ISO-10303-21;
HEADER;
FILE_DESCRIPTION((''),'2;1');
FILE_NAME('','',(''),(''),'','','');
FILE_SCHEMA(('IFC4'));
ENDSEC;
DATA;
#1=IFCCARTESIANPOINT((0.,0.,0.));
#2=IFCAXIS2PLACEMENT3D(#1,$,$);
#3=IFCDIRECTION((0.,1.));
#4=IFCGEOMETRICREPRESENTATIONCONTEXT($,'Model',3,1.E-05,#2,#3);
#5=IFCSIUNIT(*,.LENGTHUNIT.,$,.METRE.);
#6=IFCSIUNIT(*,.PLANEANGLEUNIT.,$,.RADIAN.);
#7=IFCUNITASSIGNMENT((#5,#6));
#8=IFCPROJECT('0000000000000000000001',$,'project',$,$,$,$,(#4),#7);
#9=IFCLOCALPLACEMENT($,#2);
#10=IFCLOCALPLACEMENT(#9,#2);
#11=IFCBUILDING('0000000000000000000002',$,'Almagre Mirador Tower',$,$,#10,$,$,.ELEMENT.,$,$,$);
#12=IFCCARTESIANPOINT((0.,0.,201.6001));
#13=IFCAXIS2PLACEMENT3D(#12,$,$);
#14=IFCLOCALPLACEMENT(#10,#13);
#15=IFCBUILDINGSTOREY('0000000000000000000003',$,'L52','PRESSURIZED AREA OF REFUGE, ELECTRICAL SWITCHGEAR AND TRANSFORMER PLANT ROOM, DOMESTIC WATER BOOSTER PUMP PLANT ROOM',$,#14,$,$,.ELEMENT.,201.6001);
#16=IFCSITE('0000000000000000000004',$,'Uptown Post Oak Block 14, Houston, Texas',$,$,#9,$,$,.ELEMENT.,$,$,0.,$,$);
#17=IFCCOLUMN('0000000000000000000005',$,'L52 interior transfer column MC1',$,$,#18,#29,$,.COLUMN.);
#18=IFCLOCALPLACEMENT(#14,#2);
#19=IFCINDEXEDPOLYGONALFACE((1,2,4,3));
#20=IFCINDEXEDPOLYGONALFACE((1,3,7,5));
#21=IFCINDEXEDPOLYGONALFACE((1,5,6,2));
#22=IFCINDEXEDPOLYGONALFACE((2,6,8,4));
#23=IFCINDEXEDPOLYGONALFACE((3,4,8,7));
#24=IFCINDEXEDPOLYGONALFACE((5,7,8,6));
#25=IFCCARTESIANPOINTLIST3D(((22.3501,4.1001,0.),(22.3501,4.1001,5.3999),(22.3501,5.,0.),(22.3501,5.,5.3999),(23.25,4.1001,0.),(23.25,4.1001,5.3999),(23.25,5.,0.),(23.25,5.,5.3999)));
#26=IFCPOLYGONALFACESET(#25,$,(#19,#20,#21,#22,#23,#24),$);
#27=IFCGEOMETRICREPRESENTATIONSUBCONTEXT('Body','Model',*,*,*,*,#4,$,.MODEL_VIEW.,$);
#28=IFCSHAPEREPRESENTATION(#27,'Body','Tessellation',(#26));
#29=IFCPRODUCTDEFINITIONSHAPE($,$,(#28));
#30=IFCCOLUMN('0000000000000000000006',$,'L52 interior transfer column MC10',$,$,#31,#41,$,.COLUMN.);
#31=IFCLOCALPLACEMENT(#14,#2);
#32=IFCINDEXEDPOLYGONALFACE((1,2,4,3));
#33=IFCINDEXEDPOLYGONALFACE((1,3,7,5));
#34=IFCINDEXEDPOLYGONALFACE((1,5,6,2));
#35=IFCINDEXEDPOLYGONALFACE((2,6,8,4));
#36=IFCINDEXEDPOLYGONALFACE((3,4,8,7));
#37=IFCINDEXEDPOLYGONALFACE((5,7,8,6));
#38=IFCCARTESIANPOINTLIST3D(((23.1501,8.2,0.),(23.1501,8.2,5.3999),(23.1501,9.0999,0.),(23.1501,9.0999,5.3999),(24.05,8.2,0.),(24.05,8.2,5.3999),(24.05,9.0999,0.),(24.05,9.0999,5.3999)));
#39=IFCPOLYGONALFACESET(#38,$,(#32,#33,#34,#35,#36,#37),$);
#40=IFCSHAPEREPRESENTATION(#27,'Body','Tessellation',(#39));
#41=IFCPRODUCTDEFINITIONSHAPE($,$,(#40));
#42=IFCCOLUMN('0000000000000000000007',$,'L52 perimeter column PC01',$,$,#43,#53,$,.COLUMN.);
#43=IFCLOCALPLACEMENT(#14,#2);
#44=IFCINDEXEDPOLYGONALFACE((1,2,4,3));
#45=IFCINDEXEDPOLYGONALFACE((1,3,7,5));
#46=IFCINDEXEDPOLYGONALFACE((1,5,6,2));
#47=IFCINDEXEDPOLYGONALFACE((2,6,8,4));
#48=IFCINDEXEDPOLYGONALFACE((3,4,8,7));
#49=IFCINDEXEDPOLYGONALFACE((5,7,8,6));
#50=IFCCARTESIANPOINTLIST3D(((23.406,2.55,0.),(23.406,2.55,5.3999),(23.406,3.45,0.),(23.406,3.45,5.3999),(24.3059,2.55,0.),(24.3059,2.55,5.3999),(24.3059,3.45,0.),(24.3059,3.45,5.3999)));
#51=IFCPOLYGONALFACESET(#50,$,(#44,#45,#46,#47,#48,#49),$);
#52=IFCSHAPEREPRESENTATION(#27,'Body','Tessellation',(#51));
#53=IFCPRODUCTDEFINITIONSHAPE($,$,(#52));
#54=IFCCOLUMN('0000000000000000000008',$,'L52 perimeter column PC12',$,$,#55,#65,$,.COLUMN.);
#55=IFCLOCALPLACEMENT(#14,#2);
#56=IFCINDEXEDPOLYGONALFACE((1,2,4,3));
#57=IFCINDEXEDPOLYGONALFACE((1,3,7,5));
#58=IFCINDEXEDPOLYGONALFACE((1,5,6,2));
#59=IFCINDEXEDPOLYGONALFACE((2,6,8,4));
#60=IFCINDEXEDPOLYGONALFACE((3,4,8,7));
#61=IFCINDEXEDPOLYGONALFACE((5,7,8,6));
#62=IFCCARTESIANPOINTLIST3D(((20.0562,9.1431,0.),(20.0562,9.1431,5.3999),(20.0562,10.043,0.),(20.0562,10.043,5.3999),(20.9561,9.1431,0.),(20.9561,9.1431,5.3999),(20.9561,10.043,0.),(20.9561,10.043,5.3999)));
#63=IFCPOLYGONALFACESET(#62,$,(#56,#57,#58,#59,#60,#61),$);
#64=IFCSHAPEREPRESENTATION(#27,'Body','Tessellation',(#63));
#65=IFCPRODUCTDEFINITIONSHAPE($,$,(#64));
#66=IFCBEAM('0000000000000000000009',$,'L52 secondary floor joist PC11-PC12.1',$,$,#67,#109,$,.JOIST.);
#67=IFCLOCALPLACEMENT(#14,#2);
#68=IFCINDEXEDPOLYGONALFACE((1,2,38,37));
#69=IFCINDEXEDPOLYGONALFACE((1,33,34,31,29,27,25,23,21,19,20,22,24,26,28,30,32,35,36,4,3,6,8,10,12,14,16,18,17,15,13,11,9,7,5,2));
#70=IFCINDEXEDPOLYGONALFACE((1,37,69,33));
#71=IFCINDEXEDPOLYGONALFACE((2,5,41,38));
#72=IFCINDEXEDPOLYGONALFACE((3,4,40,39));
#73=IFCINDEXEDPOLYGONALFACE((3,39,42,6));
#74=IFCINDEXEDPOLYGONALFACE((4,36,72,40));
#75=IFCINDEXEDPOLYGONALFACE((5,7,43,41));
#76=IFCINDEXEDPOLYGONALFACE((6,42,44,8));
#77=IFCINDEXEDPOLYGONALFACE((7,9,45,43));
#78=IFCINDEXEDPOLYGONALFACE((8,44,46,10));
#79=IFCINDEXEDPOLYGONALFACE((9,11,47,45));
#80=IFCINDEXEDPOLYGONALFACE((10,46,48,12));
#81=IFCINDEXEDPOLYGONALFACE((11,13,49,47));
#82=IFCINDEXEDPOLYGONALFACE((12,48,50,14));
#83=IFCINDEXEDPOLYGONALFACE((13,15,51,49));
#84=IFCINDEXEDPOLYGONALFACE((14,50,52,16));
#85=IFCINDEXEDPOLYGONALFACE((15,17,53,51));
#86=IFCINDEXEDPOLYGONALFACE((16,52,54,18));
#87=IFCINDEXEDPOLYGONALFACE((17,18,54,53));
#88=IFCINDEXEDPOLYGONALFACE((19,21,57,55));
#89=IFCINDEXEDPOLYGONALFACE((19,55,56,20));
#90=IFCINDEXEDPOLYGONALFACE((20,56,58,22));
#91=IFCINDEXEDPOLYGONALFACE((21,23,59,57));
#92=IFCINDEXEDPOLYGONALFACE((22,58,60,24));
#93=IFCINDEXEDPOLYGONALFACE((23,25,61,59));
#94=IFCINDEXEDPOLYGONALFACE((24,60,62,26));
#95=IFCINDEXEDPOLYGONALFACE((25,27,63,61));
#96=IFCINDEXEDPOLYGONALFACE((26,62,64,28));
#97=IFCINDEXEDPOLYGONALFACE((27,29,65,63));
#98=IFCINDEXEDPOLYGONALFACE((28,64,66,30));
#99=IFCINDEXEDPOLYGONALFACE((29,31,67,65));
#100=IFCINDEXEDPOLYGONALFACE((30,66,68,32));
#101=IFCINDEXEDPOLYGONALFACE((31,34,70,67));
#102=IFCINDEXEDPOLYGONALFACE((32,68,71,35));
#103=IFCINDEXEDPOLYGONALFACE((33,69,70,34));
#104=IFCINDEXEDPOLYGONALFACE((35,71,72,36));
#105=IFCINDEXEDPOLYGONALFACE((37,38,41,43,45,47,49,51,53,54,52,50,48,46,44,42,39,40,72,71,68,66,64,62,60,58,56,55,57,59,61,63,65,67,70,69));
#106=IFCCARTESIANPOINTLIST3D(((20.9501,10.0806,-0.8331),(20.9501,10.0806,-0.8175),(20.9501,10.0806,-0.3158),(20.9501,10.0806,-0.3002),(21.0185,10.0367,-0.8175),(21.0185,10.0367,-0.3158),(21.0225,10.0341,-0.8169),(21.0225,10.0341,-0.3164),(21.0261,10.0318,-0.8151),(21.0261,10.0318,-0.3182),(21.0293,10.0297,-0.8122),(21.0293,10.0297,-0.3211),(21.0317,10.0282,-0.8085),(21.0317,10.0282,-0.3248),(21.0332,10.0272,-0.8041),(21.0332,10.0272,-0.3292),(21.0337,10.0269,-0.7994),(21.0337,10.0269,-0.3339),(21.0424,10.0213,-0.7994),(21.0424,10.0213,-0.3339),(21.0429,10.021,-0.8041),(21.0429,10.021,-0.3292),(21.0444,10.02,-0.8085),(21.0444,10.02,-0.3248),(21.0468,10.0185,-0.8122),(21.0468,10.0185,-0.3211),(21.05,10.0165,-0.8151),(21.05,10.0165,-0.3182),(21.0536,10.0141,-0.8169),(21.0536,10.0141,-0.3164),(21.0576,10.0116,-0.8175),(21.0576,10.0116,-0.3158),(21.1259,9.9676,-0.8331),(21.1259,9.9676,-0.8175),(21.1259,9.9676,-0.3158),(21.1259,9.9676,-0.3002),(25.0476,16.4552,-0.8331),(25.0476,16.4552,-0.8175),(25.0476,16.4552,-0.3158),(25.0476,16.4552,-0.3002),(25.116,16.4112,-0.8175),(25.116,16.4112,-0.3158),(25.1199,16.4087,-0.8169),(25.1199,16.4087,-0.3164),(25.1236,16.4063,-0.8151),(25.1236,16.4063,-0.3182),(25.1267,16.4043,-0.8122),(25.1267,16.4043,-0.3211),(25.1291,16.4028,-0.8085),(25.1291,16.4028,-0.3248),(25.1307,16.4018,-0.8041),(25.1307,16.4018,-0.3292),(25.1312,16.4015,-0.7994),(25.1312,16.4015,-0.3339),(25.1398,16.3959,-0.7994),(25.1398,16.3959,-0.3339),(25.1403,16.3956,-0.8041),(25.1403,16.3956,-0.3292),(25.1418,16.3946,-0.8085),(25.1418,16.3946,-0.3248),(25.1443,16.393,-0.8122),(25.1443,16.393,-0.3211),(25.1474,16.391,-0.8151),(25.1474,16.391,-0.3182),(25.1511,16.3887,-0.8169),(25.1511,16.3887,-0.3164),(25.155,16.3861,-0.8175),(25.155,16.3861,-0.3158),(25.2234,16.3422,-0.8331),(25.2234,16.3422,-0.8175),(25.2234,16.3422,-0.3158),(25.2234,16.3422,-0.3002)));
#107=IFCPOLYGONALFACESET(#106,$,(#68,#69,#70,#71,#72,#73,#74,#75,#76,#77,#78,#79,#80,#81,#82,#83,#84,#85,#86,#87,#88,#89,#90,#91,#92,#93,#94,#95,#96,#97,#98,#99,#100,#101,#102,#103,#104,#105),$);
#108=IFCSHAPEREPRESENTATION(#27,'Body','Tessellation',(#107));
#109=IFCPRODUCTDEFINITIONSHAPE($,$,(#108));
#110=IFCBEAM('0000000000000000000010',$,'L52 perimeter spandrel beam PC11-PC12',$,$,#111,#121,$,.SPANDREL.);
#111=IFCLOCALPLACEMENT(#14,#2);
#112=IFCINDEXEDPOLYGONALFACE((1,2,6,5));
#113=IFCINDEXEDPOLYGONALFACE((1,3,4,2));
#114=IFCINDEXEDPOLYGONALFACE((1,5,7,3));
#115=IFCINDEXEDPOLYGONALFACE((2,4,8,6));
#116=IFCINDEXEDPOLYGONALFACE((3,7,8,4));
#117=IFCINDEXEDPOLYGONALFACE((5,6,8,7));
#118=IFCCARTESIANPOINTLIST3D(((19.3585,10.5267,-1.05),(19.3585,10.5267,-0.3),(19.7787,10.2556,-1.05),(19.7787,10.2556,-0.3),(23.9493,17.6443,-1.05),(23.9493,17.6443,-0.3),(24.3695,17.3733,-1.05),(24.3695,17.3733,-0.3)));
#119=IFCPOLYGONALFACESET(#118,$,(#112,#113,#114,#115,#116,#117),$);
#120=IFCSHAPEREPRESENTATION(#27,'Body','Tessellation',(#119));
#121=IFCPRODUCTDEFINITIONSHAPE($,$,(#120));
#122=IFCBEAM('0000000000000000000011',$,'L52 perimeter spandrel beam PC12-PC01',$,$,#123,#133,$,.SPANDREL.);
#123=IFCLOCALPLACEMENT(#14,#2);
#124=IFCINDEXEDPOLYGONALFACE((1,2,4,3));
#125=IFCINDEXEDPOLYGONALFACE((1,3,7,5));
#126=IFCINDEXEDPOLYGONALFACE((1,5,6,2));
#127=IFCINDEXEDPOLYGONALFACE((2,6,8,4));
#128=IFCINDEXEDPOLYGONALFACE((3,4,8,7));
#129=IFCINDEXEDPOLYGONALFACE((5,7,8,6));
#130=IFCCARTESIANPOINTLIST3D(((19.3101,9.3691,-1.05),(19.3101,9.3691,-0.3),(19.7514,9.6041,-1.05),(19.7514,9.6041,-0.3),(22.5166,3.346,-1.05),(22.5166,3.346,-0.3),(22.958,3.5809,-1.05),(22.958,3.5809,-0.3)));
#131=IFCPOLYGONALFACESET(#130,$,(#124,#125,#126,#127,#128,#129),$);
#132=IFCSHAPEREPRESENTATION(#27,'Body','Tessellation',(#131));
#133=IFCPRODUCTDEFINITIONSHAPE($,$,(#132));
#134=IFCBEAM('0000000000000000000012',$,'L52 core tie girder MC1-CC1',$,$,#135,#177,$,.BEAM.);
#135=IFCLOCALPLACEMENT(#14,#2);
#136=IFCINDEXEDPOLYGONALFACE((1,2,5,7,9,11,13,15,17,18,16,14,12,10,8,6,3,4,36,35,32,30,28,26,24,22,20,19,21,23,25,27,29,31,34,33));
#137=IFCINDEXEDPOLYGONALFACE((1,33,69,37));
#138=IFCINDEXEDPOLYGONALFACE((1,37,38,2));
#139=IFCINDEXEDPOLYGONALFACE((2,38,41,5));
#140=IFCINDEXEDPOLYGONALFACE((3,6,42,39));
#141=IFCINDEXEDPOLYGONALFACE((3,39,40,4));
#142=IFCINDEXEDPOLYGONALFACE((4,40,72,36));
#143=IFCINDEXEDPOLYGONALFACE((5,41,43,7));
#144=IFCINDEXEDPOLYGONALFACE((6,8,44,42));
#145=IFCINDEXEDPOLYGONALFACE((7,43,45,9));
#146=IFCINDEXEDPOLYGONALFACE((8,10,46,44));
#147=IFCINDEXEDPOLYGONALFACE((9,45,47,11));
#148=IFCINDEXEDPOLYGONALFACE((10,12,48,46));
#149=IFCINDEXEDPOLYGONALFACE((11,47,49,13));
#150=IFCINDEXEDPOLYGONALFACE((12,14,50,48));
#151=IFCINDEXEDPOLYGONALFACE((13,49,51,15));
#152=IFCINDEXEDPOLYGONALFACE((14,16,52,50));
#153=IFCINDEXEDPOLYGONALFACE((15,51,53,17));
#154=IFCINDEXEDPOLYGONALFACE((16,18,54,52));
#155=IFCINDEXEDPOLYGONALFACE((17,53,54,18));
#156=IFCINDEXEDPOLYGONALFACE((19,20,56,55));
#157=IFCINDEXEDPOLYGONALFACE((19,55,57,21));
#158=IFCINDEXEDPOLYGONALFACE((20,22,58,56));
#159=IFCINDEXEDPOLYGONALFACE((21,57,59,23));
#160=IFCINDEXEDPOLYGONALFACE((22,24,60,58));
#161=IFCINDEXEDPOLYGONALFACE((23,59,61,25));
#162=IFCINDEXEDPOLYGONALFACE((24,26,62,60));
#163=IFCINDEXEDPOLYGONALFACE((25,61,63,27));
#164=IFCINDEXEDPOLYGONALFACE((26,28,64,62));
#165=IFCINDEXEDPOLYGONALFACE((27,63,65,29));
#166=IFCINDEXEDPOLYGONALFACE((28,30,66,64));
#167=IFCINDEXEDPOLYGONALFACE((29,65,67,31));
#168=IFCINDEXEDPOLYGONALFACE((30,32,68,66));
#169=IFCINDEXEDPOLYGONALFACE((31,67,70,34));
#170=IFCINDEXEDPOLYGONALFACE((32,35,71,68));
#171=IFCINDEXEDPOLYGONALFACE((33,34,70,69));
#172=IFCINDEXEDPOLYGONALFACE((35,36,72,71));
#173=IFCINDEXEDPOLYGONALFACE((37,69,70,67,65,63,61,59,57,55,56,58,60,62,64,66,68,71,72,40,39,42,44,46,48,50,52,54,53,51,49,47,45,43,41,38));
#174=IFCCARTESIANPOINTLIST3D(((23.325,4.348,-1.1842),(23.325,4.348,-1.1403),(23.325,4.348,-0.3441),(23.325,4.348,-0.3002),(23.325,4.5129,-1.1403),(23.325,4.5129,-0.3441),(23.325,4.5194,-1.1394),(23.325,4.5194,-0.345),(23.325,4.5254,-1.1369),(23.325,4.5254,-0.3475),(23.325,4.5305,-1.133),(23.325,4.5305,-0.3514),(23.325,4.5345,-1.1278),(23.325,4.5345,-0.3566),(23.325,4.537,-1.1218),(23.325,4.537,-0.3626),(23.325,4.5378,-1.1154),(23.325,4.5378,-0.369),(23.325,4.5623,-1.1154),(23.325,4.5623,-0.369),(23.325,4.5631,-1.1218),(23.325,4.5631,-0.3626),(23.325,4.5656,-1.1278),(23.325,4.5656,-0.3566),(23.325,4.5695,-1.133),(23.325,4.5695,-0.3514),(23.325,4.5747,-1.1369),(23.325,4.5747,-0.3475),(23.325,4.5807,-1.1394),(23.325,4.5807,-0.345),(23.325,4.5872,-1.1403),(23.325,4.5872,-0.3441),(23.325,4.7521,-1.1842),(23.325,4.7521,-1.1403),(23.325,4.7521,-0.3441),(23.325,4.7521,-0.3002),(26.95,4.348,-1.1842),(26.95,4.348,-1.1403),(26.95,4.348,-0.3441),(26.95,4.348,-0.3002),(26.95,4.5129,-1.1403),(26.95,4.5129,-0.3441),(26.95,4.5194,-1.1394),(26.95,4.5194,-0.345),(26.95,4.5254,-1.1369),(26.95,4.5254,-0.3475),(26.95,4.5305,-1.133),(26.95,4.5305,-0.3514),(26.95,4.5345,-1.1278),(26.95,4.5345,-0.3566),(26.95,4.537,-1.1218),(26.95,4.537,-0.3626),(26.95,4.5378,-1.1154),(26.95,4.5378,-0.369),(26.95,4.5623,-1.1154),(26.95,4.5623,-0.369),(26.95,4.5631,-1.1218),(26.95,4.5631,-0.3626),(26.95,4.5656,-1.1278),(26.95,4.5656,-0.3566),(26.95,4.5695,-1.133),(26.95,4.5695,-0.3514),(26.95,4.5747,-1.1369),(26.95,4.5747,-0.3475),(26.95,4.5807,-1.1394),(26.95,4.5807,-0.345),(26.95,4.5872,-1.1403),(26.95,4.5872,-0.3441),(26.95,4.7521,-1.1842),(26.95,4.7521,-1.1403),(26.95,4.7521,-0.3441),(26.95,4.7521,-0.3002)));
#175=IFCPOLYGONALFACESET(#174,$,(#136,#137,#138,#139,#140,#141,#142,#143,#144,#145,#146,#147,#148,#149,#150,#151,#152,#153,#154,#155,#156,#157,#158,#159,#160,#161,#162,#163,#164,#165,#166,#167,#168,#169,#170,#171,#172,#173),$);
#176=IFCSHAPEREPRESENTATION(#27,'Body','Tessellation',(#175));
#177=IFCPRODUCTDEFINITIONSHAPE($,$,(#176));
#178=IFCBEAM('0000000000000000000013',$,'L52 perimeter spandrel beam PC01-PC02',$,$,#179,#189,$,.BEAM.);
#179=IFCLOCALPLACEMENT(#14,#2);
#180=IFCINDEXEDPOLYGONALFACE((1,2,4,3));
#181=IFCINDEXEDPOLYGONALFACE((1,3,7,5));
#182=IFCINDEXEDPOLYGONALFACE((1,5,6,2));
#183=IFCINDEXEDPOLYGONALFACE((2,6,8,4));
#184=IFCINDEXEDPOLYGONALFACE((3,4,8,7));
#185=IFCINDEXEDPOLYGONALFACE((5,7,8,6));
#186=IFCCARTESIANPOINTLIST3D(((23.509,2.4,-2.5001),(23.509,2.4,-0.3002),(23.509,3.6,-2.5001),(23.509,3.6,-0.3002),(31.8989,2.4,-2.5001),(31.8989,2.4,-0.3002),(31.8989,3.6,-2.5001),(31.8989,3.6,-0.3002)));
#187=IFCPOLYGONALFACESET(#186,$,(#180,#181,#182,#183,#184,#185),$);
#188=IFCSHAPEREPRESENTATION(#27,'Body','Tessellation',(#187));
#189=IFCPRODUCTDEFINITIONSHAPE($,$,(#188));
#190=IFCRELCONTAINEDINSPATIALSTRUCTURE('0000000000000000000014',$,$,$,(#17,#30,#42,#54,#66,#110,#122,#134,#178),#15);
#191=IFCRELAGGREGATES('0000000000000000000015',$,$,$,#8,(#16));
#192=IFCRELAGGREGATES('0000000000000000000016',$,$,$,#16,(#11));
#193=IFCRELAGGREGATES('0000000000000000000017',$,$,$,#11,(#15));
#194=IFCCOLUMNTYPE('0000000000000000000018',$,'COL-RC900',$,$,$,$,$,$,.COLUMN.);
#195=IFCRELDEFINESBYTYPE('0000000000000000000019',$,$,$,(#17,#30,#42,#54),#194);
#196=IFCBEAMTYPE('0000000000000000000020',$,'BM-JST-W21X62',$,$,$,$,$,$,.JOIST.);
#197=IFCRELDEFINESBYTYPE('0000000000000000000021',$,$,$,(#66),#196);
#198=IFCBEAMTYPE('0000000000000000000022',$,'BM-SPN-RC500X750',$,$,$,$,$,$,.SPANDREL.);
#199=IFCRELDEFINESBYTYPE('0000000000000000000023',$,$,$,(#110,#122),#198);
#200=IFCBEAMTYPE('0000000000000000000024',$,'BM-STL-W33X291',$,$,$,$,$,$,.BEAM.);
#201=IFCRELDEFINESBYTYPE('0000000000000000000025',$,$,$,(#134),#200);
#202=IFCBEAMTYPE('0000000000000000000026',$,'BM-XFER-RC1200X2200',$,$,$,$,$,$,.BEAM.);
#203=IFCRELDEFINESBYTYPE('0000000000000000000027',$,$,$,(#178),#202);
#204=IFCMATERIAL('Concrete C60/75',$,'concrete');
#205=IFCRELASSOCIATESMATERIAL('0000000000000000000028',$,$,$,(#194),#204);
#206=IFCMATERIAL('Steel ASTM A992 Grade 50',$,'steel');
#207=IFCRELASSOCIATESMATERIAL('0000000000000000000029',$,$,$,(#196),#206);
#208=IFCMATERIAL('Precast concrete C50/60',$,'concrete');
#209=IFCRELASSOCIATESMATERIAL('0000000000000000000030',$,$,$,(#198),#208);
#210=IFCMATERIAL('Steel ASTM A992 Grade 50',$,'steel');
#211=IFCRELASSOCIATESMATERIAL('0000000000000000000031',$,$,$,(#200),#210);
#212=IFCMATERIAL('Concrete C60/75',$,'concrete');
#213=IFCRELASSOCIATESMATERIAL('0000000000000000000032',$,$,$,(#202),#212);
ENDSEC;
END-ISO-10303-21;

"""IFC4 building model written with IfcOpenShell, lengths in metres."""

from ifc_helpers import new_model, si_unit, direction, frame, origin, origin_2d, place, context, subcontext, project, spatial, rectangle, i_section, extrude, material, material_profile, profile_set, type_object, element, save


model = new_model("IFC4")

# Units and contexts
model_context = context("Model", 3, precision=1e-05, world=origin(), true_north=direction((0.0, 1.0)))
body_context = subcontext(model_context, "Body", "Model", "MODEL_VIEW")
ifc_project = project(units=[si_unit("LENGTHUNIT", "METRE"), si_unit("PLANEANGLEUNIT", "RADIAN")], contexts=[model_context])

# Site, building, storey
site_placement = place(None, origin())
site = spatial("IfcSite", under=ifc_project, at=site_placement, Name="Uptown Post Oak Block 14, Houston, Texas", CompositionType="ELEMENT", RefElevation=0.0)
building_placement = place(site_placement, origin())
building = spatial("IfcBuilding", under=site, at=building_placement, Name="Almagre Mirador Tower", CompositionType="ELEMENT")
storey_placement = place(building_placement, frame((0.0, 0.0, 201.6001)))
storey = spatial("IfcBuildingStorey", under=building, at=storey_placement, Name="L52", Description="PRESSURIZED AREA OF REFUGE, ELECTRICAL SWITCHGEAR AND TRANSFORMER PLANT ROOM, DOMESTIC WATER BOOSTER PUMP PLANT ROOM", CompositionType="ELEMENT", Elevation=201.6001)

# Columns
ifc_material_1 = material(Name="Concrete C60/75", Category="concrete")
ifc_material_profile_1 = material_profile(ifc_material_1, rectangle(XDim=0.8999, YDim=0.8999, at=origin_2d()), Name="RC900X900")
ifc_profile_set_1 = profile_set([ifc_material_profile_1], Name="Concrete C60/75")
column_type = type_object("IfcColumnType", Name="COL-RC900", PredefinedType="COLUMN", material=ifc_profile_set_1)
for number, where, z_axis, x_axis, name in (
    (1, (22.8, 4.55, 0.0), (0.0, 0.0, 1.0), (1.0, 0.0, 0.0), "L52 interior transfer column MC1"),
    (2, (23.6001, 8.6499, 0.0), (0.0, 0.0, 1.0), (1.0, 0.0, 0.0), "L52 interior transfer column MC10"),
    (3, (23.856, 3.0, 0.0), (0.0, 0.0, 1.0), (1.0, 0.0, 0.0), "L52 perimeter column PC01"),
    (4, (20.5061, 9.593, 0.0), (0.0, 0.0, 1.0), (1.0, 0.0, 0.0), "L52 perimeter column PC12"),
):
    element("IfcColumn", number, at=place(storey_placement, frame(where, z_axis=z_axis, x_axis=x_axis)), inside=storey, type_object=column_type, Name=name, PredefinedType="COLUMN", context=body_context, shape_type="SweptSolid", body=[
        extrude(rectangle(XDim=0.8999, YDim=0.8999, at=origin_2d()), origin(), (0.0, 0.0, 1.0), 5.3999),
    ])

# Beams
ifc_material_2 = material(Name="Steel ASTM A992 Grade 50", Category="steel")
ifc_material_profile_2 = material_profile(ifc_material_2, i_section(OverallWidth=0.209, OverallDepth=0.533, WebThickness=0.0103, FlangeThickness=0.0156, FilletRadius=0.0181, at=origin_2d()), Name="W21X62")
ifc_profile_set_2 = profile_set([ifc_material_profile_2], Name="Steel ASTM A992 Grade 50")
beam_type_1 = type_object("IfcBeamType", Name="BM-JST-W21X62", PredefinedType="JOIST", material=ifc_profile_set_2)
beam_1_placement = place(storey_placement, frame((25.1355, 16.3987, -0.5667), z_axis=(-0.540712, -0.841208, 0.0), x_axis=(0.841208, -0.540712, 0.0)))
element("IfcBeam", 5, at=beam_1_placement, inside=storey, type_object=beam_type_1, Name="L52 secondary floor joist PC11-PC12.1", PredefinedType="JOIST", context=body_context, shape_type="SweptSolid", body=[
    extrude(i_section(OverallWidth=0.209, OverallDepth=0.533, WebThickness=0.0103, FlangeThickness=0.0156, FilletRadius=0.0181, at=origin_2d()), origin(), (0.0, 0.0, 1.0), 7.5779),
])
ifc_material_3 = material(Name="Precast concrete C50/60", Category="concrete")
ifc_material_profile_3 = material_profile(ifc_material_3, rectangle(XDim=0.5, YDim=0.75, at=origin_2d()), Name="RC500X750")
ifc_profile_set_3 = profile_set([ifc_material_profile_3], Name="Precast concrete C50/60")
beam_type_2 = type_object("IfcBeamType", Name="BM-SPN-RC500X750", PredefinedType="SPANDREL", material=ifc_profile_set_3)
beam_2_placement = place(storey_placement, frame((24.1594, 17.5088, -0.675), z_axis=(-0.542024, -0.840363, 0.0), x_axis=(0.840363, -0.542024, 0.0)))
element("IfcBeam", 6, at=beam_2_placement, inside=storey, type_object=beam_type_2, Name="L52 perimeter spandrel beam PC11-PC12", PredefinedType="SPANDREL", context=body_context, shape_type="SweptSolid", body=[
    extrude(rectangle(XDim=0.5, YDim=0.75, at=origin_2d()), origin(), (0.0, 0.0, 1.0), 8.4697),
])
beam_3_placement = place(storey_placement, frame((19.5308, 9.4866, -0.675), z_axis=(0.469923, -0.882707, 0.0), x_axis=(0.882707, 0.469923, 0.0)))
element("IfcBeam", 7, at=beam_3_placement, inside=storey, type_object=beam_type_2, Name="L52 perimeter spandrel beam PC12-PC01", PredefinedType="SPANDREL", context=body_context, shape_type="SweptSolid", body=[
    extrude(rectangle(XDim=0.5, YDim=0.75, at=origin_2d()), origin(), (0.0, 0.0, 1.0), 6.8235),
])
ifc_material_4 = material(Name="Steel ASTM A992 Grade 50", Category="steel")
ifc_material_profile_4 = material_profile(ifc_material_4, i_section(OverallWidth=0.4041, OverallDepth=0.884, WebThickness=0.0244, FlangeThickness=0.0439, FilletRadius=0.0249, at=origin_2d()), Name="W33X291")
ifc_profile_set_4 = profile_set([ifc_material_profile_4], Name="Steel ASTM A992 Grade 50")
beam_type_3 = type_object("IfcBeamType", Name="BM-STL-W33X291", PredefinedType="BEAM", material=ifc_profile_set_4)
beam_4_placement = place(storey_placement, frame((23.325, 4.55, -0.7422), z_axis=(1.0, 0.0, 0.0), x_axis=(0.0, 1.0, 0.0)))
element("IfcBeam", 8, at=beam_4_placement, inside=storey, type_object=beam_type_3, Name="L52 core tie girder MC1-CC1", PredefinedType="BEAM", context=body_context, shape_type="SweptSolid", body=[
    extrude(i_section(OverallWidth=0.4041, OverallDepth=0.884, WebThickness=0.0244, FlangeThickness=0.0439, FilletRadius=0.0249, at=origin_2d()), origin(), (0.0, 0.0, 1.0), 3.625),
])
ifc_material_5 = material(Name="Concrete C60/75", Category="concrete")
ifc_material_profile_5 = material_profile(ifc_material_5, rectangle(XDim=1.2, YDim=2.2, at=origin_2d()), Name="RC1200X2200")
ifc_profile_set_5 = profile_set([ifc_material_profile_5], Name="Concrete C60/75")
beam_type_4 = type_object("IfcBeamType", Name="BM-XFER-RC1200X2200", PredefinedType="BEAM", material=ifc_profile_set_5)
beam_5_placement = place(storey_placement, frame((23.509, 3.0, -1.4001), z_axis=(1.0, 0.0, 0.0), x_axis=(0.0, 1.0, 0.0)))
element("IfcBeam", 9, at=beam_5_placement, inside=storey, type_object=beam_type_4, Name="L52 perimeter spandrel beam PC01-PC02", PredefinedType="BEAM", context=body_context, shape_type="SweptSolid", body=[
    extrude(rectangle(XDim=1.2, YDim=2.2, at=origin_2d()), origin(), (0.0, 0.0, 1.0), 8.3899),
])

save(model, "model.ifc")
